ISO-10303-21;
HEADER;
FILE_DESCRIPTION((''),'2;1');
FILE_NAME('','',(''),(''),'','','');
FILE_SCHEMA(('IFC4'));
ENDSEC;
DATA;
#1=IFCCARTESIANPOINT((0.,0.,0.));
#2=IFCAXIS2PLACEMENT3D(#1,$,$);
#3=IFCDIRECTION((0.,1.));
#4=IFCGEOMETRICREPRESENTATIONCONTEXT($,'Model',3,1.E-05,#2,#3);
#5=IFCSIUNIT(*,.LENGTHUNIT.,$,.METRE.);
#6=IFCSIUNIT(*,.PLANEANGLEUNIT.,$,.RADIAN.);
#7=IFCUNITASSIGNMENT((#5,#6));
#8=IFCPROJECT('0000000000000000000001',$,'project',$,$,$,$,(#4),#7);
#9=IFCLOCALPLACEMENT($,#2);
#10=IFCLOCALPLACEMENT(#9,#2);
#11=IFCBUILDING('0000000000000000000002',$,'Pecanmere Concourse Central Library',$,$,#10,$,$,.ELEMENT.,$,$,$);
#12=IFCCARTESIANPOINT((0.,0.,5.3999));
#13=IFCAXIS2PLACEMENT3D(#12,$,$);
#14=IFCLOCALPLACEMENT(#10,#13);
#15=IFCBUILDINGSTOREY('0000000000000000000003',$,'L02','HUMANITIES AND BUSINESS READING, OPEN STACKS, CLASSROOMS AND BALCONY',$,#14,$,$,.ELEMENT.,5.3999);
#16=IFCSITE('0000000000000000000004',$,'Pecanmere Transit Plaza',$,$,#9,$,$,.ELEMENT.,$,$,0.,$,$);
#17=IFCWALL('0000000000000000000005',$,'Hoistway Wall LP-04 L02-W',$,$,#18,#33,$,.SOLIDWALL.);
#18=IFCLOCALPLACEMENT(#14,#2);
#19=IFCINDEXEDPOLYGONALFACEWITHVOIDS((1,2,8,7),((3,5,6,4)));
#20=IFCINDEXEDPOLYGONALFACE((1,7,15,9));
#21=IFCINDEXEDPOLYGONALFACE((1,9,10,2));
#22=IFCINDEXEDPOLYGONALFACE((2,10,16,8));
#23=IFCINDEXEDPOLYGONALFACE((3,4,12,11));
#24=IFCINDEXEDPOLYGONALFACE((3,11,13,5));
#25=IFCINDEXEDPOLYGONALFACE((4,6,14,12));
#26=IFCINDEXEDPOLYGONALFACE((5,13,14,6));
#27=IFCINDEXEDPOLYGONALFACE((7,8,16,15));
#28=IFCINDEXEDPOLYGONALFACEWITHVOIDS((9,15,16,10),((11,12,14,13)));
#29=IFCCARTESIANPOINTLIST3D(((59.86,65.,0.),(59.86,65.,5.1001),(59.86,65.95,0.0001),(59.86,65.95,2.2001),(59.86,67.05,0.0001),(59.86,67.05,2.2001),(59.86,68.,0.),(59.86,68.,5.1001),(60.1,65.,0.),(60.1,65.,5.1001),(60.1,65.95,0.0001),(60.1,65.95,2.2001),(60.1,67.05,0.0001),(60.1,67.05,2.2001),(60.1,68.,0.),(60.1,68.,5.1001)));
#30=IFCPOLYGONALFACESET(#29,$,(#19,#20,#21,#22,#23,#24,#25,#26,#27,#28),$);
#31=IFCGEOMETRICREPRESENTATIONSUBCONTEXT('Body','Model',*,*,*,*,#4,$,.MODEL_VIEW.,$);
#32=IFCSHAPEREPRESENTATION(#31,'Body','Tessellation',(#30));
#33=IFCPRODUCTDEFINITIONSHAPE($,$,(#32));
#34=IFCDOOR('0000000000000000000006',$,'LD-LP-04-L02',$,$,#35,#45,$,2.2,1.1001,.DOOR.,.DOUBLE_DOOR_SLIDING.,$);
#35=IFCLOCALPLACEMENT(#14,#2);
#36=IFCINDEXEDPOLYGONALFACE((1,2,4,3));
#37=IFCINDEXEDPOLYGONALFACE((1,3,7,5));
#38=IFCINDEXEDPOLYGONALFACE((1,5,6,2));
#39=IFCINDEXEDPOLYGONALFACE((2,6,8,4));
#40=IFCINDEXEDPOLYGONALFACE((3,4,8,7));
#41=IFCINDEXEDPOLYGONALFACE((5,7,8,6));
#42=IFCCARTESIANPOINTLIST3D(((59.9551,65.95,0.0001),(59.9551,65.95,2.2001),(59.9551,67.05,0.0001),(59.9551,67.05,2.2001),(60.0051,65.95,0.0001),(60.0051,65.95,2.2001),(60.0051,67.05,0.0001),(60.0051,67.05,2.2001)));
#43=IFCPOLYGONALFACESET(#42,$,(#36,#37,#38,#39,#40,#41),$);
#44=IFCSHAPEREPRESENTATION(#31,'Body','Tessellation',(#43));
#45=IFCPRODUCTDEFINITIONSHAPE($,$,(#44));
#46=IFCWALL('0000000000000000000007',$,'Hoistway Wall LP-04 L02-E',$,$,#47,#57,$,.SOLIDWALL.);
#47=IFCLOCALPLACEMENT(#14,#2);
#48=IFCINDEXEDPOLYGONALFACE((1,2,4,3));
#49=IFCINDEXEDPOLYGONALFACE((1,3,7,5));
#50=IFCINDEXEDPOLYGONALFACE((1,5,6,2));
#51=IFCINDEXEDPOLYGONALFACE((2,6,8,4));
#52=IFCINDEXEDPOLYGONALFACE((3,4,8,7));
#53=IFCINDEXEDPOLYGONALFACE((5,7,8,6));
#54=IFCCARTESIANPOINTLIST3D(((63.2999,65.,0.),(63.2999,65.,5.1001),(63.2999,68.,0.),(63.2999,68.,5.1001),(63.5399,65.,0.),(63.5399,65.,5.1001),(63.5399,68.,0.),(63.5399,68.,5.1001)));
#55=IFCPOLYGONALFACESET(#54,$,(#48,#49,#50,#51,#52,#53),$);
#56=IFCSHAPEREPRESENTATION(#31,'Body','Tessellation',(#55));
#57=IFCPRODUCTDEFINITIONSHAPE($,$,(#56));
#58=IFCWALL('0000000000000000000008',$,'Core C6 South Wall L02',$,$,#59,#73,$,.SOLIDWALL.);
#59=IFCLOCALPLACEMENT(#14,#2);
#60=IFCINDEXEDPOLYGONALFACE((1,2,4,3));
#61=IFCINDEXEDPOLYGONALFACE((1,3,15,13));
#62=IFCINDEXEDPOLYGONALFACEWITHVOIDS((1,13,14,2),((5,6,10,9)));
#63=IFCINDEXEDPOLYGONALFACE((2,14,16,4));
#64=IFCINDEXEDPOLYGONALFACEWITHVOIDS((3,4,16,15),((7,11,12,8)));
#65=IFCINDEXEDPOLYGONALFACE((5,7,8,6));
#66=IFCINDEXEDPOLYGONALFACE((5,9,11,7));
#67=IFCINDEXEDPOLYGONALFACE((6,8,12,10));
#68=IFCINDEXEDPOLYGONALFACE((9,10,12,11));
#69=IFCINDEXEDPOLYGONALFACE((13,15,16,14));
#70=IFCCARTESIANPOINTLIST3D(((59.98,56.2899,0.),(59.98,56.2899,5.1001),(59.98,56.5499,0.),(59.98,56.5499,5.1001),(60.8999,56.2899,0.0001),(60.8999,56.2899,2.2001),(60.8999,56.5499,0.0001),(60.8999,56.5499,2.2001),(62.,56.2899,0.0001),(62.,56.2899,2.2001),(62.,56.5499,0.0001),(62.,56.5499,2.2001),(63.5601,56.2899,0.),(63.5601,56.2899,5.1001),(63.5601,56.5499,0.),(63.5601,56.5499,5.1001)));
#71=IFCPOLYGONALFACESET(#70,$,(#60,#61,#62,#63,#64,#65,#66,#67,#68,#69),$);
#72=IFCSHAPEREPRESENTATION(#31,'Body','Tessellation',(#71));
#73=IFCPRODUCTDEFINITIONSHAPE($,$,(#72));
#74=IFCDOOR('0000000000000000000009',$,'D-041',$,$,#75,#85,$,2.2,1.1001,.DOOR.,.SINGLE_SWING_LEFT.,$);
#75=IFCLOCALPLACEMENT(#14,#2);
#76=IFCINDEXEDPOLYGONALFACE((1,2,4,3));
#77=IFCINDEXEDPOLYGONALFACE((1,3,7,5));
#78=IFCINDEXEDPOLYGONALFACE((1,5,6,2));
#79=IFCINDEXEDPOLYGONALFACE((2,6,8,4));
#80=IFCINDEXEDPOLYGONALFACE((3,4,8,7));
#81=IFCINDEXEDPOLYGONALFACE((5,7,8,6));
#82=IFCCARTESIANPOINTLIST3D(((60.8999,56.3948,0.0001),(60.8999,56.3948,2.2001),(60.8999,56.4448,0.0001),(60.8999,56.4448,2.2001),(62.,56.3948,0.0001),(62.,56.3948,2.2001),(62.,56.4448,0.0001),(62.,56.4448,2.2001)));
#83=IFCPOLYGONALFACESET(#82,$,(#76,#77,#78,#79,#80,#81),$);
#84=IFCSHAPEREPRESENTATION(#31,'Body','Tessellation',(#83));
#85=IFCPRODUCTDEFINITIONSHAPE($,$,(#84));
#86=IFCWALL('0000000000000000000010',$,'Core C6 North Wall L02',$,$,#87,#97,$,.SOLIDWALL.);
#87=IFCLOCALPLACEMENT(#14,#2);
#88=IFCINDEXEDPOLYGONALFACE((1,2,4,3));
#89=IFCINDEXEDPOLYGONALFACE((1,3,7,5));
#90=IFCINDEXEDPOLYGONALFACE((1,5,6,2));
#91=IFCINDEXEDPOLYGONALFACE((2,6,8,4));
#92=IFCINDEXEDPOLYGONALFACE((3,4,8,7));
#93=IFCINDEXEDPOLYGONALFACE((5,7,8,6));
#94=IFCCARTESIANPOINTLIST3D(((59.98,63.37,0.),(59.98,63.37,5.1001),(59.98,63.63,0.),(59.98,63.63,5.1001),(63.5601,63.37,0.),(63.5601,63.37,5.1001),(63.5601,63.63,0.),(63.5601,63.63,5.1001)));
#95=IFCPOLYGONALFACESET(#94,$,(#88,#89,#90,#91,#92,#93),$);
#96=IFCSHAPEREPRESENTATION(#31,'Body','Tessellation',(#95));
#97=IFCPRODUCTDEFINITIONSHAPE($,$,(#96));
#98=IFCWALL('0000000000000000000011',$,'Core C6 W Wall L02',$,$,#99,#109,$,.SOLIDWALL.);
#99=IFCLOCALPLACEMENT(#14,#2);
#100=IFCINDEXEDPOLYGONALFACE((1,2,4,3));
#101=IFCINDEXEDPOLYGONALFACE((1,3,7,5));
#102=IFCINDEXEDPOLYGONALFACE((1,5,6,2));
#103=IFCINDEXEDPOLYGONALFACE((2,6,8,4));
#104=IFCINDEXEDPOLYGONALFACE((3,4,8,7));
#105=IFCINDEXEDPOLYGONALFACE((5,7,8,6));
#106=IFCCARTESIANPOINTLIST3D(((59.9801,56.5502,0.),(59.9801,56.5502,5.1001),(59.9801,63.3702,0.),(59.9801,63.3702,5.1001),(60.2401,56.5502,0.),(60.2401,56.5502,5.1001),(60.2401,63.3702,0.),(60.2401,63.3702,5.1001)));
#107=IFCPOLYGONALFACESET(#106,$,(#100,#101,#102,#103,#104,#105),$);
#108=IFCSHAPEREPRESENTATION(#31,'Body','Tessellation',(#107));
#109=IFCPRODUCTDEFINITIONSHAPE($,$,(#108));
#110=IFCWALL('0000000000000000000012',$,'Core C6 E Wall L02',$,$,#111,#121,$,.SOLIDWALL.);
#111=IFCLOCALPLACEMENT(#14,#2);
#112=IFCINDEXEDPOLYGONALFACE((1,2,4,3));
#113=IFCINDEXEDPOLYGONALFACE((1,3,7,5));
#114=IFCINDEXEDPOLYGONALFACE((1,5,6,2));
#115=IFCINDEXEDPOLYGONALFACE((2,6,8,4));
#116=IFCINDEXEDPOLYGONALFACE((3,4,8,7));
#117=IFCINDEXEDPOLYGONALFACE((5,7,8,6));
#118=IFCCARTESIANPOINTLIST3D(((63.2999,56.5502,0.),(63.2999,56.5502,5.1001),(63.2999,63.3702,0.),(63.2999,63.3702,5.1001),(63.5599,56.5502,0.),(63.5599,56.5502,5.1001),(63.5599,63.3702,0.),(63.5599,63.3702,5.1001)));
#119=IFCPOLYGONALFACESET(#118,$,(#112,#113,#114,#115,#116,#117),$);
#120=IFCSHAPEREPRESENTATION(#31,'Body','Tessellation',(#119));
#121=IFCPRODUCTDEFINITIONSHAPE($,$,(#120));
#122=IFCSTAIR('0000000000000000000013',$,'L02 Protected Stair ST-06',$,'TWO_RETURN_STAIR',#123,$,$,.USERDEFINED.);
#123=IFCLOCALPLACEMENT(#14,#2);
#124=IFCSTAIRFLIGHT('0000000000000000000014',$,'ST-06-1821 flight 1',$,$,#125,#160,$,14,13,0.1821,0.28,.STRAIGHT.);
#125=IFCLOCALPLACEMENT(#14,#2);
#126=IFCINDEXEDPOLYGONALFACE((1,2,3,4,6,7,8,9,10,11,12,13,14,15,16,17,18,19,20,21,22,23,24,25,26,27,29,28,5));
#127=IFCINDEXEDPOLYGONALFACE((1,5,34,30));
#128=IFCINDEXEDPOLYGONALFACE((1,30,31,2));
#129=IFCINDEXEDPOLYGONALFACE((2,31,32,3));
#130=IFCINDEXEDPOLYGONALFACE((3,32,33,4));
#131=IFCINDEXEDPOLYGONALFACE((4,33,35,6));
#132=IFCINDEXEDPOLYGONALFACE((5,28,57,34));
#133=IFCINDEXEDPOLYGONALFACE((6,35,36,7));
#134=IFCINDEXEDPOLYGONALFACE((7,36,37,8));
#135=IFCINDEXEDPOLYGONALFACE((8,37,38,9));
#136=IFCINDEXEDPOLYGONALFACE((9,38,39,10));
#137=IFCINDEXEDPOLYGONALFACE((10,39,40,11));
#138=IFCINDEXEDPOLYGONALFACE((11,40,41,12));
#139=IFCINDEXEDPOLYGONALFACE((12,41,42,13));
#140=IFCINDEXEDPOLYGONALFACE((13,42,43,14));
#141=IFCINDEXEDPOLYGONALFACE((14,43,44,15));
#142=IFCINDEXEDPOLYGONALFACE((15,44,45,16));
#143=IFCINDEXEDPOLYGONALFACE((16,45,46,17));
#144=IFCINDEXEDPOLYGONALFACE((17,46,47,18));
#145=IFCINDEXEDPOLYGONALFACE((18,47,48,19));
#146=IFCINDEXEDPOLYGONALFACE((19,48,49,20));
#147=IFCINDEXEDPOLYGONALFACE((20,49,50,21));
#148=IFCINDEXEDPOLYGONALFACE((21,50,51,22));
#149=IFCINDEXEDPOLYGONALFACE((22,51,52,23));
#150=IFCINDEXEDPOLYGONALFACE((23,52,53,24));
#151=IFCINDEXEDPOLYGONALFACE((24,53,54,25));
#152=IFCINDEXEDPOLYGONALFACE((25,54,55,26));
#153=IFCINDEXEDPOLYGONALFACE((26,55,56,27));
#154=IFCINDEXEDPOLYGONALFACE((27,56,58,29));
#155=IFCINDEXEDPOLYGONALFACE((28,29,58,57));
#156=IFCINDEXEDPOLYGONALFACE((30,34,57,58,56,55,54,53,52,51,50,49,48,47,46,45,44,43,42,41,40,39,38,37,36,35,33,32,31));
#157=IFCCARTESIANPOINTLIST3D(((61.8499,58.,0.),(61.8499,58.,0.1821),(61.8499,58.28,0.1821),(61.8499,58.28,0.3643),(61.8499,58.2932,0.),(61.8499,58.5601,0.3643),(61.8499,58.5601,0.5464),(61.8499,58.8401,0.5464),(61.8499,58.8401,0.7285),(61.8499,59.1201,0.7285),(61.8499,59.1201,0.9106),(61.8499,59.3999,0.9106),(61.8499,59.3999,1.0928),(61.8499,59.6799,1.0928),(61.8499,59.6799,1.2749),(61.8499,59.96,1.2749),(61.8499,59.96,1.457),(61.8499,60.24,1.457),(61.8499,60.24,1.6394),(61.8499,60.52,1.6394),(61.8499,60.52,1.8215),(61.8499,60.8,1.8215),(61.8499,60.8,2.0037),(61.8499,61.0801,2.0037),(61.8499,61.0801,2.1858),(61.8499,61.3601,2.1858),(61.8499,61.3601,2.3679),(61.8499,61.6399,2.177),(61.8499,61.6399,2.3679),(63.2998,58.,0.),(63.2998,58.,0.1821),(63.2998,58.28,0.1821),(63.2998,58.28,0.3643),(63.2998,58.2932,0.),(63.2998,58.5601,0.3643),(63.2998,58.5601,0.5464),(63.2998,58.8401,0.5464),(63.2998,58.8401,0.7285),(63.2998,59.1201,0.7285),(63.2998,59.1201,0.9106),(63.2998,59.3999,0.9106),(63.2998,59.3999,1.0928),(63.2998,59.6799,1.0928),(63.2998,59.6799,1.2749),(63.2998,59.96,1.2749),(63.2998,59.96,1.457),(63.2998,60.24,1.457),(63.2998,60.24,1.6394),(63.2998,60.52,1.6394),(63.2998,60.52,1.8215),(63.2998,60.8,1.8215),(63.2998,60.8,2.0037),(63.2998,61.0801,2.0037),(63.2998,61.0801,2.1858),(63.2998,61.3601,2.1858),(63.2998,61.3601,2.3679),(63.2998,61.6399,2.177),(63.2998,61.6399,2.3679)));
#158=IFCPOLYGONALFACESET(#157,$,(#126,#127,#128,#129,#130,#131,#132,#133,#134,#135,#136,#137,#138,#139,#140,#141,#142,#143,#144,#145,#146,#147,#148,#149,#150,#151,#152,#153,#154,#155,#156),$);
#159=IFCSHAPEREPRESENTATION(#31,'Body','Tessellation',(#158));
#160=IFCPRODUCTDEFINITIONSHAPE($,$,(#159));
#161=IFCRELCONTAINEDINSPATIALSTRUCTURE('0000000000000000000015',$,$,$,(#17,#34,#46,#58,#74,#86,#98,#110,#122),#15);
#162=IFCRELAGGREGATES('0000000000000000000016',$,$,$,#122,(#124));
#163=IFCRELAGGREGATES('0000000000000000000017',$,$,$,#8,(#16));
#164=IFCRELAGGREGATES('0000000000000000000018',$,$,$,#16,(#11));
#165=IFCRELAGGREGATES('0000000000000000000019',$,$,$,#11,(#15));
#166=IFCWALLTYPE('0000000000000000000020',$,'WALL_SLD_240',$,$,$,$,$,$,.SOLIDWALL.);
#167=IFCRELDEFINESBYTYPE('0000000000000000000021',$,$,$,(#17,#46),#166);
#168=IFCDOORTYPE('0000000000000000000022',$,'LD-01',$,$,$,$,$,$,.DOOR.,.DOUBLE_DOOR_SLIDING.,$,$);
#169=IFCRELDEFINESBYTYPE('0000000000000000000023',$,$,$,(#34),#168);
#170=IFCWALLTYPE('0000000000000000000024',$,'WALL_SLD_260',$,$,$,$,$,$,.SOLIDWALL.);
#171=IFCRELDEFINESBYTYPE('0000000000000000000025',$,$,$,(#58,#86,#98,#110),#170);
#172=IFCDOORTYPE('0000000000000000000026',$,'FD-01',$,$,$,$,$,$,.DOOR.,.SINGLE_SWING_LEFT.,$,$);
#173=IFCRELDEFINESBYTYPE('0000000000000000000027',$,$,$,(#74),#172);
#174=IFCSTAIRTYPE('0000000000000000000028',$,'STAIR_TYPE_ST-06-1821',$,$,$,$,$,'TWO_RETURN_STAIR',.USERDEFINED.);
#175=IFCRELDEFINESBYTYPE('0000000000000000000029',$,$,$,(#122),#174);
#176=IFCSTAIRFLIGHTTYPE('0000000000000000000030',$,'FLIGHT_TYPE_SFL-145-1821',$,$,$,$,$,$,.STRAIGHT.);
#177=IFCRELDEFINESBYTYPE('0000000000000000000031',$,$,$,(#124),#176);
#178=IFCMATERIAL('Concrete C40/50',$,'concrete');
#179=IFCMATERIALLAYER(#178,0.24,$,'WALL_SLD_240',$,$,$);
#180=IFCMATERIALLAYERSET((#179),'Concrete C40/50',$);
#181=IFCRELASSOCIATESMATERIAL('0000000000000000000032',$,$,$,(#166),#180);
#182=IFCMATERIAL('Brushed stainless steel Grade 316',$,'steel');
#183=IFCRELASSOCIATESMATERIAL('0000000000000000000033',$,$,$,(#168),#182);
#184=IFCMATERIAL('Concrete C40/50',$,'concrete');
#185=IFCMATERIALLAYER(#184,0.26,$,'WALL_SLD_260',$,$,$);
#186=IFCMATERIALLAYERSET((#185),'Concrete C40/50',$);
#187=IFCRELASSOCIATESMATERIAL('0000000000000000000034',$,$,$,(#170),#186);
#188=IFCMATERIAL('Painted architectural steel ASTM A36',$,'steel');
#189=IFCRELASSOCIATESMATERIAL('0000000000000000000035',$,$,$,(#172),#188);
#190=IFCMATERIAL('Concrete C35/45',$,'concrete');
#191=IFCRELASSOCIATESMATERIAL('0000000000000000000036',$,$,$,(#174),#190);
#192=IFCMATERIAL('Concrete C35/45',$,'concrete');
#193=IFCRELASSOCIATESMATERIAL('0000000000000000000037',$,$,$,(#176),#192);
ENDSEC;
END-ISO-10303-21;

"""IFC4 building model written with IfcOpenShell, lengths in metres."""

from ifc_helpers import new_model, si_unit, direction, frame, frame_2d, origin, place, context, subcontext, project, spatial, polyline, rectangle, outline, extrude, material, layer, layer_set, type_object, element, fill, aggregate, save


model = new_model("IFC4")

# Units and contexts
model_context = context("Model", 3, precision=1e-05, world=origin(), true_north=direction((0.0, 1.0)))
body_context = subcontext(model_context, "Body", "Model", "MODEL_VIEW")
ifc_project = project(units=[si_unit("LENGTHUNIT", "METRE"), si_unit("PLANEANGLEUNIT", "RADIAN")], contexts=[model_context])

# Site, building, storey
site_placement = place(None, origin())
site = spatial("IfcSite", under=ifc_project, at=site_placement, Name="Pecanmere Transit Plaza", CompositionType="ELEMENT", RefElevation=0.0)
building_placement = place(site_placement, origin())
building = spatial("IfcBuilding", under=site, at=building_placement, Name="Pecanmere Concourse Central Library", CompositionType="ELEMENT")
storey_placement = place(building_placement, frame((0.0, 0.0, 5.3999)))
storey = spatial("IfcBuildingStorey", under=building, at=storey_placement, Name="L02", Description="HUMANITIES AND BUSINESS READING, OPEN STACKS, CLASSROOMS AND BALCONY", CompositionType="ELEMENT", Elevation=5.3999)

# Shared definitions
ifc_material_1 = material(Name="Concrete C40/50", Category="concrete")
ifc_layer_1 = layer(ifc_material_1, 0.24, Name="WALL_SLD_240")
ifc_layer_set_1 = layer_set([ifc_layer_1], Name="Concrete C40/50")
wall_type_1 = type_object("IfcWallType", Name="WALL_SLD_240", PredefinedType="SOLIDWALL", material=ifc_layer_set_1)

# Wall, opening, door
wall_1_placement = place(storey_placement, frame((59.98, 65.0, 0.0), z_axis=(0.0, 0.0, 1.0), x_axis=(0.0, 1.0, 0.0)))
wall_1 = element("IfcWall", 1, at=wall_1_placement, inside=storey, type_object=wall_type_1, Name="Hoistway Wall LP-04 L02-W", PredefinedType="SOLIDWALL", context=body_context, shape_type="SweptSolid", body=[
    extrude(rectangle(XDim=3.0, YDim=0.24, at=frame_2d((1.5, 0.0))), origin(), (0.0, 0.0, 1.0), 5.1001),
])
opening_1_placement = place(wall_1_placement, frame((0.95, 0.0, 0.0)))
opening_1 = element("IfcOpeningElement", 2, at=opening_1_placement, cuts=wall_1, PredefinedType="OPENING", context=body_context, shape_type="SweptSolid", body=[
    extrude(rectangle(XDim=1.1001, YDim=2.2, at=frame_2d((0.55, 1.1001))), frame((0.0, 0.1318, 0.0), z_axis=(0.0, -1.0, 0.0), x_axis=(1.0, 0.0, 0.0)), (0.0, 0.0, 1.0), 0.2639),
])
ifc_material_2 = material(Name="Brushed stainless steel Grade 316", Category="steel")
door_type_1 = type_object("IfcDoorType", Name="LD-01", OperationType="DOUBLE_DOOR_SLIDING", PredefinedType="DOOR", material=ifc_material_2)
door_1_placement = place(opening_1_placement, origin())
door_1 = element("IfcDoor", 3, at=door_1_placement, inside=storey, type_object=door_type_1, Name="LD-LP-04-L02", OperationType="DOUBLE_DOOR_SLIDING", OverallHeight=2.2, OverallWidth=1.1001, PredefinedType="DOOR", context=body_context, shape_type="SweptSolid", body=[
    extrude(rectangle(XDim=1.1001, YDim=2.2, at=frame_2d((0.55, 1.1001))), frame((0.0, 0.0249, 0.0), z_axis=(0.0, -1.0, 0.0), x_axis=(1.0, 0.0, 0.0)), (0.0, 0.0, 1.0), 0.05),
])
fill(opening_1, door_1)

# Wall
wall_2_placement = place(storey_placement, frame((63.4199, 65.0, 0.0), z_axis=(0.0, 0.0, 1.0), x_axis=(0.0, 1.0, 0.0)))
element("IfcWall", 4, at=wall_2_placement, inside=storey, type_object=wall_type_1, Name="Hoistway Wall LP-04 L02-E", PredefinedType="SOLIDWALL", context=body_context, shape_type="SweptSolid", body=[
    extrude(rectangle(XDim=3.0, YDim=0.24, at=frame_2d((1.5, 0.0))), origin(), (0.0, 0.0, 1.0), 5.1001),
])

# Wall, opening, door
ifc_material_3 = material(Name="Concrete C40/50", Category="concrete")
ifc_layer_2 = layer(ifc_material_3, 0.26, Name="WALL_SLD_260")
ifc_layer_set_2 = layer_set([ifc_layer_2], Name="Concrete C40/50")
wall_type_2 = type_object("IfcWallType", Name="WALL_SLD_260", PredefinedType="SOLIDWALL", material=ifc_layer_set_2)
wall_3_placement = place(storey_placement, frame((59.98, 56.4199, 0.0), z_axis=(0.0, 0.0, 1.0), x_axis=(1.0, 0.0, 0.0)))
wall_3 = element("IfcWall", 5, at=wall_3_placement, inside=storey, type_object=wall_type_2, Name="Core C6 South Wall L02", PredefinedType="SOLIDWALL", context=body_context, shape_type="SweptSolid", body=[
    extrude(rectangle(XDim=3.5801, YDim=0.26, at=frame_2d((1.79, 0.0))), origin(), (0.0, 0.0, 1.0), 5.1001),
])
opening_2_placement = place(wall_3_placement, frame((0.9199, 0.0, 0.0)))
opening_2 = element("IfcOpeningElement", 6, at=opening_2_placement, cuts=wall_3, PredefinedType="OPENING", context=body_context, shape_type="SweptSolid", body=[
    extrude(rectangle(XDim=1.1001, YDim=2.2, at=frame_2d((0.55, 1.1001))), frame((0.0, 0.1421, 0.0), z_axis=(0.0, -1.0, 0.0), x_axis=(1.0, 0.0, 0.0)), (0.0, 0.0, 1.0), 0.2839),
])
ifc_material_4 = material(Name="Painted architectural steel ASTM A36", Category="steel")
door_type_2 = type_object("IfcDoorType", Name="FD-01", OperationType="SINGLE_SWING_LEFT", PredefinedType="DOOR", material=ifc_material_4)
door_2_placement = place(opening_2_placement, origin())
door_2 = element("IfcDoor", 7, at=door_2_placement, inside=storey, type_object=door_type_2, Name="D-041", OperationType="SINGLE_SWING_LEFT", OverallHeight=2.2, OverallWidth=1.1001, PredefinedType="DOOR", context=body_context, shape_type="SweptSolid", body=[
    extrude(rectangle(XDim=1.1001, YDim=2.2, at=frame_2d((0.55, 1.1001))), frame((0.0, 0.0249, 0.0), z_axis=(0.0, -1.0, 0.0), x_axis=(1.0, 0.0, 0.0)), (0.0, 0.0, 1.0), 0.05),
])
fill(opening_2, door_2)

# Walls
wall_4_placement = place(storey_placement, frame((59.98, 63.5, 0.0), z_axis=(0.0, 0.0, 1.0), x_axis=(1.0, 0.0, 0.0)))
element("IfcWall", 8, at=wall_4_placement, inside=storey, type_object=wall_type_2, Name="Core C6 North Wall L02", PredefinedType="SOLIDWALL", context=body_context, shape_type="SweptSolid", body=[
    extrude(rectangle(XDim=3.5801, YDim=0.26, at=frame_2d((1.79, 0.0))), origin(), (0.0, 0.0, 1.0), 5.1001),
])
for number, where, z_axis, x_axis, name in (
    (9, (60.1101, 56.55, 0.0), (0.0, 0.0, 1.0), (0.0, 1.0, 0.0), "Core C6 W Wall L02"),
    (10, (63.4299, 56.55, 0.0), (0.0, 0.0, 1.0), (0.0, 1.0, 0.0), "Core C6 E Wall L02"),
):
    element("IfcWall", number, at=place(storey_placement, frame(where, z_axis=z_axis, x_axis=x_axis)), inside=storey, type_object=wall_type_2, Name=name, PredefinedType="SOLIDWALL", context=body_context, shape_type="SweptSolid", body=[
        extrude(rectangle(XDim=6.8201, YDim=0.26, at=frame_2d((3.4102, 0.0))), origin(), (0.0, 0.0, 1.0), 5.1001),
    ])

# Stair, stair flight
ifc_material_5 = material(Name="Concrete C35/45", Category="concrete")
stair_type = type_object("IfcStairType", Name="STAIR_TYPE_ST-06-1821", ElementType="TWO_RETURN_STAIR", PredefinedType="USERDEFINED", material=ifc_material_5)
stair_placement = place(storey_placement, origin())
stair = element("IfcStair", 11, at=stair_placement, inside=storey, type_object=stair_type, Name="L02 Protected Stair ST-06", ObjectType="TWO_RETURN_STAIR", PredefinedType="USERDEFINED")
ifc_material_6 = material(Name="Concrete C35/45", Category="concrete")
stair_flight_type = type_object("IfcStairFlightType", Name="FLIGHT_TYPE_SFL-145-1821", PredefinedType="STRAIGHT", material=ifc_material_6)
stair_flight_1_placement = place(storey_placement, frame((62.575, 58.0, 0.0), z_axis=(0.0, 0.0, 1.0), x_axis=(0.0, 1.0, 0.0)))
stair_flight_1 = element("IfcStairFlight", 12, at=stair_flight_1_placement, type_object=stair_flight_type, Name="ST-06-1821 flight 1", NumberOfRisers=14, NumberOfTreads=13, PredefinedType="STRAIGHT", RiserHeight=0.1821, TreadLength=0.28, context=body_context, shape_type="SweptSolid", body=[
    extrude(outline(polyline([(0.0, 0.0), (0.0, 0.1821), (0.28, 0.1821), (0.28, 0.3643), (0.5601, 0.3643), (0.5601, 0.5464), (0.8401, 0.5464), (0.8401, 0.7285), (1.1201, 0.7285), (1.1201, 0.9106), (1.3999, 0.9106), (1.3999, 1.0928), (1.6799, 1.0928), (1.6799, 1.2749), (1.96, 1.2749), (1.96, 1.457), (2.24, 1.457), (2.24, 1.6394), (2.52, 1.6394), (2.52, 1.8215), (2.8, 1.8215), (2.8, 2.0037), (3.0801, 2.0037), (3.0801, 2.1858), (3.3601, 2.1858), (3.3601, 2.3679), (3.6399, 2.3679), (3.6399, 2.55), (3.6399, 2.177), (0.2932, 0.0), (0.0, 0.0)])), frame((0.0, 0.7251, 0.0), z_axis=(0.0, -1.0, 0.0), x_axis=(1.0, 0.0, 0.0)), (0.0, 0.0, 1.0), 1.45),
])
aggregate(stair, [stair_flight_1])

save(model, "model.ifc")
